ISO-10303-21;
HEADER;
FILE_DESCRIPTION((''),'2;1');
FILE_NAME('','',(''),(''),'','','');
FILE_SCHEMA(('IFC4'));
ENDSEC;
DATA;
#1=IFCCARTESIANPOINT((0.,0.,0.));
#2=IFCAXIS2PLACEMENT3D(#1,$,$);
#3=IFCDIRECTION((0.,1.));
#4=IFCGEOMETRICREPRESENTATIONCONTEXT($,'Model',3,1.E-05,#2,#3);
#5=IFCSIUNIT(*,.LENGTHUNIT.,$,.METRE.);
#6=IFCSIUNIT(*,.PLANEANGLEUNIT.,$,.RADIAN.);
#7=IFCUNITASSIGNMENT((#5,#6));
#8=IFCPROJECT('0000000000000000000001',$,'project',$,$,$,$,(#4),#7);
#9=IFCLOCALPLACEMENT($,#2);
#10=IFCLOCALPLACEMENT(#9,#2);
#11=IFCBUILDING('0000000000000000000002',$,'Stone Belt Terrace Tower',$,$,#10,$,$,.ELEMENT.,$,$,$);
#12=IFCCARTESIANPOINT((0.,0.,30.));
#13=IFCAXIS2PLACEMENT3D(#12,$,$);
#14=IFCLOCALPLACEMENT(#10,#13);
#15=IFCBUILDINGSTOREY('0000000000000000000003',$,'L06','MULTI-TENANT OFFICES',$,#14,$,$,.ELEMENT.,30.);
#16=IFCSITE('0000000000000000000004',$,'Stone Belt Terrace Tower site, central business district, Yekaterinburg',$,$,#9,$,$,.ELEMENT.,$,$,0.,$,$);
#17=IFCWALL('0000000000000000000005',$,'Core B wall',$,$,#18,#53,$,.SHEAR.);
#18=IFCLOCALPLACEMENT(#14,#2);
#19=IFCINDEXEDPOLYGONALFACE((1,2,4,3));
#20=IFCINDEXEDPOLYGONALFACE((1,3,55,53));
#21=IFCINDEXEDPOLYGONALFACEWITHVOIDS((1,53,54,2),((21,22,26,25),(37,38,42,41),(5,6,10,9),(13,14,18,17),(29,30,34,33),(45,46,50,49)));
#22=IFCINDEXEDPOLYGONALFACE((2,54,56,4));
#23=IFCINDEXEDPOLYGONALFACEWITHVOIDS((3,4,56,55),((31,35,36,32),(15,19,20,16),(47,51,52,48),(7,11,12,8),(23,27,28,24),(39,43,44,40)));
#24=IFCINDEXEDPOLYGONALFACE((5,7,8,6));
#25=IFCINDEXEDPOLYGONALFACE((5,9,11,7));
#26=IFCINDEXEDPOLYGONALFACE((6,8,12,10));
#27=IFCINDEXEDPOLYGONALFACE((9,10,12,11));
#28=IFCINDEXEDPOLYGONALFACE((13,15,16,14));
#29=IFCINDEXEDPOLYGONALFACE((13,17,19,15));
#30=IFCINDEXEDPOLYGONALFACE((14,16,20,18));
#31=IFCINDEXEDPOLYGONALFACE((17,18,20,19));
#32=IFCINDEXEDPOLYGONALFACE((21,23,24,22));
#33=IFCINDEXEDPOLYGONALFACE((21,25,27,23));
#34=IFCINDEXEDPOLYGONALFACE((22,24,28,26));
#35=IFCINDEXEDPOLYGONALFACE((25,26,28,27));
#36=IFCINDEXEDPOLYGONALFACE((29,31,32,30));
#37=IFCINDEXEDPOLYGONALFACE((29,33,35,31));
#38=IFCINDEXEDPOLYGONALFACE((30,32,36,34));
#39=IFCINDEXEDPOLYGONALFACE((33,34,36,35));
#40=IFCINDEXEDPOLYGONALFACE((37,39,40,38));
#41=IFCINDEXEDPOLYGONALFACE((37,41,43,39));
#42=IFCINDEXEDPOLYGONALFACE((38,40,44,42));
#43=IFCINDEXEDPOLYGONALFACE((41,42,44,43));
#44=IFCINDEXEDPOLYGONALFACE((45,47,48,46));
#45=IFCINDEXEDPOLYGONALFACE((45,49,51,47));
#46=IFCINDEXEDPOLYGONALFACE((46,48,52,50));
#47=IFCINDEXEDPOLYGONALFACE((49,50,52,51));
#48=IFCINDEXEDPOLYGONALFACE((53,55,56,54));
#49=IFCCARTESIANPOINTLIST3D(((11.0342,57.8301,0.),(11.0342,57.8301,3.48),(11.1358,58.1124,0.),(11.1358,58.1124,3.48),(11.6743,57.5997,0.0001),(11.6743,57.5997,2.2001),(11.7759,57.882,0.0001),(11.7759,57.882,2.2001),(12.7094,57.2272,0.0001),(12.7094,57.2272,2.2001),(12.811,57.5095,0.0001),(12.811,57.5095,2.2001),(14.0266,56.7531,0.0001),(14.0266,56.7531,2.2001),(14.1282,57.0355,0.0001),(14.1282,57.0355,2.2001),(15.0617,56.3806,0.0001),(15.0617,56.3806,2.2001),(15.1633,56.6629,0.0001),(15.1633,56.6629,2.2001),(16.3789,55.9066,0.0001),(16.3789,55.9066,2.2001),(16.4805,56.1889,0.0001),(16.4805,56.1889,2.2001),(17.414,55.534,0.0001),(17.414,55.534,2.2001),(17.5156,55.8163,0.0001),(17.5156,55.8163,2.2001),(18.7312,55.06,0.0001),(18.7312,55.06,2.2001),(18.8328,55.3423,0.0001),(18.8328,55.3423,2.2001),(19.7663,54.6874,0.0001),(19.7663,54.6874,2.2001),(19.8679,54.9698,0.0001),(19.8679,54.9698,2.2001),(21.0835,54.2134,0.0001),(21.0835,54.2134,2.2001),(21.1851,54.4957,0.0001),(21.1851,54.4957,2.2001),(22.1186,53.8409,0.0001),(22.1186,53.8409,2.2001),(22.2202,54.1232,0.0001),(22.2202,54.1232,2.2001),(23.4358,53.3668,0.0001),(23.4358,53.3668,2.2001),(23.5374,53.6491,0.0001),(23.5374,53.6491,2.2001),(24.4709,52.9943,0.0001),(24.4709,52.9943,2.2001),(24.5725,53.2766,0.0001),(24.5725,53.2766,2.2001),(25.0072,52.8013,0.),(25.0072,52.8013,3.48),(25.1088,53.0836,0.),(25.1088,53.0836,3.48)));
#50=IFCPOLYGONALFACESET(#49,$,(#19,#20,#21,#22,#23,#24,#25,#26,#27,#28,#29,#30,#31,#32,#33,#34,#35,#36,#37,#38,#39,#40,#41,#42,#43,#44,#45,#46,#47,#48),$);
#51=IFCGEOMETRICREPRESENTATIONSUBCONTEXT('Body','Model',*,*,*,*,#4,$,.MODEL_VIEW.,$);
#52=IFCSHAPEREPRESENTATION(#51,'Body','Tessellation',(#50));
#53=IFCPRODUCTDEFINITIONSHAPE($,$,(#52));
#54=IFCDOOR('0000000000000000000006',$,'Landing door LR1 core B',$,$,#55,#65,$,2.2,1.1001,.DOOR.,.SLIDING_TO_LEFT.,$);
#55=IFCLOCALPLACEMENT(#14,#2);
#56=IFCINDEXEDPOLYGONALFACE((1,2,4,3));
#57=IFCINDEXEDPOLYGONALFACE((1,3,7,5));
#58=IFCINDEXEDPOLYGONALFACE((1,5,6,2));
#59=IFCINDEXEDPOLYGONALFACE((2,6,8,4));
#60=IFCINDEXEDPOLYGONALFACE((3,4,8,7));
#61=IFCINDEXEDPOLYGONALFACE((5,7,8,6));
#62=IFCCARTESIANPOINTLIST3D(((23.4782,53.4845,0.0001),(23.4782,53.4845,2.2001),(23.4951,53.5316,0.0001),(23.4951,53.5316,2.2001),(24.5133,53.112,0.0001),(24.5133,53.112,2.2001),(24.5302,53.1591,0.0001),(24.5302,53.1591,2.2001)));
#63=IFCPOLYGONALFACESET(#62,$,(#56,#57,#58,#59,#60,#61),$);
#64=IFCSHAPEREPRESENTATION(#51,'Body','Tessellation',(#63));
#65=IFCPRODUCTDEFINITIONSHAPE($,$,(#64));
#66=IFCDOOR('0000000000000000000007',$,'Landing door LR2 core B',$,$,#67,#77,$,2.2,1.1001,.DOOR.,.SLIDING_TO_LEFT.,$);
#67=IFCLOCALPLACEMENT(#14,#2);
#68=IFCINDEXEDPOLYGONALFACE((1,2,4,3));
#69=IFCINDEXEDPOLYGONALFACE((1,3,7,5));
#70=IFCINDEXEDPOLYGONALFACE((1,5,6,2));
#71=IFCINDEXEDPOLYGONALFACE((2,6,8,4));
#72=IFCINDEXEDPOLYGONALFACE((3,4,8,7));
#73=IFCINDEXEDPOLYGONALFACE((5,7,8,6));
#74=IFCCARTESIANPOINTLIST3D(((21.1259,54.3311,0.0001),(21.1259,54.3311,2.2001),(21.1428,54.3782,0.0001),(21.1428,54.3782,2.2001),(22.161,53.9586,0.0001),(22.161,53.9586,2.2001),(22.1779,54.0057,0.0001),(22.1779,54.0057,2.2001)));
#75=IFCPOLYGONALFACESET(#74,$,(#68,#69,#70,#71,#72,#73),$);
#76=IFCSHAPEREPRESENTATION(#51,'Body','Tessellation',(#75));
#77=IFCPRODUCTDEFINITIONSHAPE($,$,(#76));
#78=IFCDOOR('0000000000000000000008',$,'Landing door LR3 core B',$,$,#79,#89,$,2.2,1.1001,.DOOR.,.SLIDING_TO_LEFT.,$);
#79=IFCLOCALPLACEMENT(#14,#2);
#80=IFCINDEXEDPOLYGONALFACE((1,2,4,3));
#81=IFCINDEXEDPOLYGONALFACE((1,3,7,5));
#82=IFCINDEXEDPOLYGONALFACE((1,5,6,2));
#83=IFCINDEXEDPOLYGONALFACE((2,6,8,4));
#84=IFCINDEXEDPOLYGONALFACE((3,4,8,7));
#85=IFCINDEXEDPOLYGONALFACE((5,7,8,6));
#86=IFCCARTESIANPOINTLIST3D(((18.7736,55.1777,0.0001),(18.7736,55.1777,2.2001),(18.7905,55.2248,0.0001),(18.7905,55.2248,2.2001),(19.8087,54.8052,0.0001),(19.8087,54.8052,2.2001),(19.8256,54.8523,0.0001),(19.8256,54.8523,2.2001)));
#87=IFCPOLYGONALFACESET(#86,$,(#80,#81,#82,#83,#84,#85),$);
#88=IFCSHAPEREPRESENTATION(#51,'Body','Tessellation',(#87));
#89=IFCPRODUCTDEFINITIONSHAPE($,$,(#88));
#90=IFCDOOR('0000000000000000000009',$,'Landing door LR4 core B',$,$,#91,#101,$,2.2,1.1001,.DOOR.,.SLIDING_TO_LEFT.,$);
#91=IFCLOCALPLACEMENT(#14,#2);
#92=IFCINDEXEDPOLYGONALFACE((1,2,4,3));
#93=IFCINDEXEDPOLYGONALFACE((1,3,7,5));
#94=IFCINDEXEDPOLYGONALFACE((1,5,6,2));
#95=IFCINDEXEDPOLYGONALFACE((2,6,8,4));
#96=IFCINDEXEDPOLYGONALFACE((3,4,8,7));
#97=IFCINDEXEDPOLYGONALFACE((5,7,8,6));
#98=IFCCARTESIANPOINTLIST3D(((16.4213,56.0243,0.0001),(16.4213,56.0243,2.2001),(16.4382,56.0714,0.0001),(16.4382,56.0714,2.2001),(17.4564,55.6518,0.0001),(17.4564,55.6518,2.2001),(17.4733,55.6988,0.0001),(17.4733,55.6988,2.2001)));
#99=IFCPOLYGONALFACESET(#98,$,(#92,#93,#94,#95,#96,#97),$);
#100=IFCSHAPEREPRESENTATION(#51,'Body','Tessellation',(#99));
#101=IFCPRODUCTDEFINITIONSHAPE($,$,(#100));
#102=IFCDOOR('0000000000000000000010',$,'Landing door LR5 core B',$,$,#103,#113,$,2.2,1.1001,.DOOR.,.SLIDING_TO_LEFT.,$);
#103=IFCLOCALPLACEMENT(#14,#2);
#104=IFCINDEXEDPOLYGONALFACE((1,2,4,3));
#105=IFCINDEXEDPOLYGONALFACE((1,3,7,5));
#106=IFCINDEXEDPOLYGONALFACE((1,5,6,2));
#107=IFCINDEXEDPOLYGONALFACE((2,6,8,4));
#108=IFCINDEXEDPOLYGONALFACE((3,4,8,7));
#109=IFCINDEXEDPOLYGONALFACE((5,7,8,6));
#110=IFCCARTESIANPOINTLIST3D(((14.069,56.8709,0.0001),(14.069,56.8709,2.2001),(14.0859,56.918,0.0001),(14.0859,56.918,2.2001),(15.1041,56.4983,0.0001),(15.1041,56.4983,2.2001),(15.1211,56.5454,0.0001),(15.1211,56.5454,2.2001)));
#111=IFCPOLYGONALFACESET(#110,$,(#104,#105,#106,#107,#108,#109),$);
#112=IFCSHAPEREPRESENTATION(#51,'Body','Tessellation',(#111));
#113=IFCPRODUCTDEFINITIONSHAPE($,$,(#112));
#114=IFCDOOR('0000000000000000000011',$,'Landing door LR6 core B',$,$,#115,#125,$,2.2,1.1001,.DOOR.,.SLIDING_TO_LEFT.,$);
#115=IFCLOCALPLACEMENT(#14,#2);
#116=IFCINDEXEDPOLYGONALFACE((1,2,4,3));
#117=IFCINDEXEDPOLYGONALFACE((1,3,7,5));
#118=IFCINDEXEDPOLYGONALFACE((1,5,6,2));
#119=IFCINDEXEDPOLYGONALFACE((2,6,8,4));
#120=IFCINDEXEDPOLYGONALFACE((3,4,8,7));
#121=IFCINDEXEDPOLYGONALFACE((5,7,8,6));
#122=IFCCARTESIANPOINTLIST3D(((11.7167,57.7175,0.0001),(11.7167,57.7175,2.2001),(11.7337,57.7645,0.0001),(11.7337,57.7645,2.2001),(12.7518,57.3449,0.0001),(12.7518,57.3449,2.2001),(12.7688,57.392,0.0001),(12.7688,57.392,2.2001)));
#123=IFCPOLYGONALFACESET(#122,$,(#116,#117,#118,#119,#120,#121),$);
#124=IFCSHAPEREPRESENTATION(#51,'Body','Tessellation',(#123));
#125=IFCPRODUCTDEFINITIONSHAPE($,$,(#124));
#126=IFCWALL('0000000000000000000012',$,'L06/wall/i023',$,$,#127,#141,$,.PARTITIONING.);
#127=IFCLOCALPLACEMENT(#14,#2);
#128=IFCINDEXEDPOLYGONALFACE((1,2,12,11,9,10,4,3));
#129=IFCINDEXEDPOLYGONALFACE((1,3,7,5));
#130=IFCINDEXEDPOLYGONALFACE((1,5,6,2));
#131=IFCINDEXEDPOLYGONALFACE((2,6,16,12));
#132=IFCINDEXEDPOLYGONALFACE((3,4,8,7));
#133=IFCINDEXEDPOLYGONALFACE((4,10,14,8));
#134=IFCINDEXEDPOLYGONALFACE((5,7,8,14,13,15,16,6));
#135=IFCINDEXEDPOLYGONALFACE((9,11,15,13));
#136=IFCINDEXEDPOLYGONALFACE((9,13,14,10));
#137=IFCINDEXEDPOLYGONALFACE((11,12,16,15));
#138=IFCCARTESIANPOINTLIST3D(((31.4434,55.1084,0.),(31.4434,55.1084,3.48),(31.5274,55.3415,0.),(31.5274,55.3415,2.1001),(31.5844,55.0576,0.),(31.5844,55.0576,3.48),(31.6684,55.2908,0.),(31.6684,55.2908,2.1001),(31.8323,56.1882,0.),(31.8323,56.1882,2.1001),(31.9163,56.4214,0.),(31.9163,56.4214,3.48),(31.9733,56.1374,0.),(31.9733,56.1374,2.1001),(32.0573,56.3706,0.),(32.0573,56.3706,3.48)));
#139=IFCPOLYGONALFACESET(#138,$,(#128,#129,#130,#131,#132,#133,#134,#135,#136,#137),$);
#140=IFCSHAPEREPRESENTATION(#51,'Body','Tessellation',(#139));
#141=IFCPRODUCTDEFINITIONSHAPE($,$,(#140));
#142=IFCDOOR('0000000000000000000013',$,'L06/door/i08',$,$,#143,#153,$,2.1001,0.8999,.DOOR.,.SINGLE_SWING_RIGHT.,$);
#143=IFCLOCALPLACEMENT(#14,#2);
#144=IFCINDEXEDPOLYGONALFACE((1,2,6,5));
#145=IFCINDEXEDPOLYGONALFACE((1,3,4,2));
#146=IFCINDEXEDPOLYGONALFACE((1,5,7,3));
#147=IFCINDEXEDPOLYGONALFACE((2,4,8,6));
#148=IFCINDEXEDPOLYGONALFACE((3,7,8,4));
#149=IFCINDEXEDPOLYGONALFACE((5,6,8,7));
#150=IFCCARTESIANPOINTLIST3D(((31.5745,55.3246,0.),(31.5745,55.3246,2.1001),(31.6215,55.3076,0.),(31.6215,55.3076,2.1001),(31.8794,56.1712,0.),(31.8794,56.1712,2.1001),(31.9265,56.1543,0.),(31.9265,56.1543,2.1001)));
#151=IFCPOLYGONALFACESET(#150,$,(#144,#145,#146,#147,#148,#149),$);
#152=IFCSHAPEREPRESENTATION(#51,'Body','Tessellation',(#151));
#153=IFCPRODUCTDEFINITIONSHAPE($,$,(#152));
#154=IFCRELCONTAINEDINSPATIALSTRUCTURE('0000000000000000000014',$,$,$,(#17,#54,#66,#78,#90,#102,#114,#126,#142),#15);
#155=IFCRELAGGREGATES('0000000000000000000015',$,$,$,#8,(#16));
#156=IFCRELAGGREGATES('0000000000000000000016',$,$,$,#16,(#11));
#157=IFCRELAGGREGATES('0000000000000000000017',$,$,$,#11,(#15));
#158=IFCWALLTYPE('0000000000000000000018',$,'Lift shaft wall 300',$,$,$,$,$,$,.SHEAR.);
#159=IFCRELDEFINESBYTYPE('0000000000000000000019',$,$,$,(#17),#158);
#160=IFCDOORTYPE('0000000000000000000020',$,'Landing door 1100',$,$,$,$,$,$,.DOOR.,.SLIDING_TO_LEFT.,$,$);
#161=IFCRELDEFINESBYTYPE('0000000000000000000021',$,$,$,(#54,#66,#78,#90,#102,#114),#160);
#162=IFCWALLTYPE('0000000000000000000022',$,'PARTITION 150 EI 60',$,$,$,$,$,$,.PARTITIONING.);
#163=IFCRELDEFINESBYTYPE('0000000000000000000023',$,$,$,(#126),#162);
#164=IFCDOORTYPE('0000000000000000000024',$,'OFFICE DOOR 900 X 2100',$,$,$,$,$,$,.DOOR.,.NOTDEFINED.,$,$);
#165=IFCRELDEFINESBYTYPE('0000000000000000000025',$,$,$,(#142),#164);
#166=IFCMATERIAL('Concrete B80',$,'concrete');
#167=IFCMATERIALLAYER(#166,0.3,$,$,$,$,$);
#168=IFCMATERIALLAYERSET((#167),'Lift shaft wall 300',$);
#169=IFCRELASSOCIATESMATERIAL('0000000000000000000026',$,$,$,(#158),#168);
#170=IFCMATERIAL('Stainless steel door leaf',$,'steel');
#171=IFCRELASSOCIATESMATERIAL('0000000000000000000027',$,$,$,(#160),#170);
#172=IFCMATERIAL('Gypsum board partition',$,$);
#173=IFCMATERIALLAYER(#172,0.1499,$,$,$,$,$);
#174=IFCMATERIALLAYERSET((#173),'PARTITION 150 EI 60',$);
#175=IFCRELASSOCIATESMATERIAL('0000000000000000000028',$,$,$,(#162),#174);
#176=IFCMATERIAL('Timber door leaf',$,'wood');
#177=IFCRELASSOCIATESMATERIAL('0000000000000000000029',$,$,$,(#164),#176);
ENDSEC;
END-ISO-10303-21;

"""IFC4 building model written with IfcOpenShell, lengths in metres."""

from ifc_helpers import new_model, si_unit, direction, frame, frame_2d, origin, place, context, subcontext, project, spatial, rectangle, extrude, material, layer, layer_set, type_object, element, fill, save


model = new_model("IFC4")

# Units and contexts
model_context = context("Model", 3, precision=1e-05, world=origin(), true_north=direction((0.0, 1.0)))
body_context = subcontext(model_context, "Body", "Model", "MODEL_VIEW")
ifc_project = project(units=[si_unit("LENGTHUNIT", "METRE"), si_unit("PLANEANGLEUNIT", "RADIAN")], contexts=[model_context])

# Site, building, storey
site_placement = place(None, origin())
site = spatial("IfcSite", under=ifc_project, at=site_placement, Name="Stone Belt Terrace Tower site, central business district, Yekaterinburg", CompositionType="ELEMENT", RefElevation=0.0)
building_placement = place(site_placement, origin())
building = spatial("IfcBuilding", under=site, at=building_placement, Name="Stone Belt Terrace Tower", CompositionType="ELEMENT")
storey_placement = place(building_placement, frame((0.0, 0.0, 30.0)))
storey = spatial("IfcBuildingStorey", under=building, at=storey_placement, Name="L06", Description="MULTI-TENANT OFFICES", CompositionType="ELEMENT", Elevation=30.0)

# Shared definitions
ifc_material_1 = material(Name="Concrete B80", Category="concrete")

# Shared definitions
ifc_material_2 = material(Name="Timber door leaf", Category="wood")

# Shared definitions
ifc_layer_1 = layer(ifc_material_1, 0.3)
ifc_layer_set_1 = layer_set([ifc_layer_1], Name="Lift shaft wall 300")
wall_type_1 = type_object("IfcWallType", Name="Lift shaft wall 300", PredefinedType="SHEAR", material=ifc_layer_set_1)
ifc_material_3 = material(Name="Stainless steel door leaf", Category="steel")

# Wall, openings, doors
wall_1_placement = place(storey_placement, frame((25.0581, 52.9424, 0.0), z_axis=(0.0, 0.0, 1.0), x_axis=(-0.940918, 0.338634, 0.0)))
wall_1 = element("IfcWall", 1, at=wall_1_placement, inside=storey, type_object=wall_type_1, Name="Core B wall", PredefinedType="SHEAR", context=body_context, shape_type="SweptSolid", body=[
    extrude(rectangle(XDim=14.8503, YDim=0.3, at=frame_2d((7.4253, 0.0))), origin(), (0.0, 0.0, 1.0), 3.48),
])
opening_1_placement = place(wall_1_placement, frame((0.5701, 0.0, 0.0)))
opening_1 = element("IfcOpeningElement", 2, at=opening_1_placement, cuts=wall_1, PredefinedType="OPENING", context=body_context, shape_type="SweptSolid", body=[
    extrude(rectangle(XDim=1.1001, YDim=2.2, at=frame_2d((0.55, 1.1001))), frame((0.0, 0.1599, 0.0), z_axis=(0.0, -1.0, 0.0), x_axis=(1.0, 0.0, 0.0)), (0.0, 0.0, 1.0), 0.3201),
])
opening_2_placement = place(wall_1_placement, frame((3.0701, 0.0, 0.0)))
opening_2 = element("IfcOpeningElement", 3, at=opening_2_placement, cuts=wall_1, PredefinedType="OPENING", context=body_context, shape_type="SweptSolid", body=[
    extrude(rectangle(XDim=1.1001, YDim=2.2, at=frame_2d((0.55, 1.1001))), frame((0.0, 0.1599, 0.0), z_axis=(0.0, -1.0, 0.0), x_axis=(1.0, 0.0, 0.0)), (0.0, 0.0, 1.0), 0.3201),
])
opening_3_placement = place(wall_1_placement, frame((5.5701, 0.0, 0.0)))
opening_3 = element("IfcOpeningElement", 4, at=opening_3_placement, cuts=wall_1, PredefinedType="OPENING", context=body_context, shape_type="SweptSolid", body=[
    extrude(rectangle(XDim=1.1001, YDim=2.2, at=frame_2d((0.55, 1.1001))), frame((0.0, 0.1599, 0.0), z_axis=(0.0, -1.0, 0.0), x_axis=(1.0, 0.0, 0.0)), (0.0, 0.0, 1.0), 0.3201),
])
opening_4_placement = place(wall_1_placement, frame((8.0701, 0.0, 0.0)))
opening_4 = element("IfcOpeningElement", 5, at=opening_4_placement, cuts=wall_1, PredefinedType="OPENING", context=body_context, shape_type="SweptSolid", body=[
    extrude(rectangle(XDim=1.1001, YDim=2.2, at=frame_2d((0.55, 1.1001))), frame((0.0, 0.1599, 0.0), z_axis=(0.0, -1.0, 0.0), x_axis=(1.0, 0.0, 0.0)), (0.0, 0.0, 1.0), 0.3201),
])
opening_5_placement = place(wall_1_placement, frame((10.5701, 0.0, 0.0)))
opening_5 = element("IfcOpeningElement", 6, at=opening_5_placement, cuts=wall_1, PredefinedType="OPENING", context=body_context, shape_type="SweptSolid", body=[
    extrude(rectangle(XDim=1.1001, YDim=2.2, at=frame_2d((0.55, 1.1001))), frame((0.0, 0.1599, 0.0), z_axis=(0.0, -1.0, 0.0), x_axis=(1.0, 0.0, 0.0)), (0.0, 0.0, 1.0), 0.3201),
])
opening_6_placement = place(wall_1_placement, frame((13.0701, 0.0, 0.0)))
opening_6 = element("IfcOpeningElement", 7, at=opening_6_placement, cuts=wall_1, PredefinedType="OPENING", context=body_context, shape_type="SweptSolid", body=[
    extrude(rectangle(XDim=1.1001, YDim=2.2, at=frame_2d((0.55, 1.1001))), frame((0.0, 0.1599, 0.0), z_axis=(0.0, -1.0, 0.0), x_axis=(1.0, 0.0, 0.0)), (0.0, 0.0, 1.0), 0.3201),
])
door_type_1 = type_object("IfcDoorType", Name="Landing door 1100", OperationType="SLIDING_TO_LEFT", PredefinedType="DOOR", material=ifc_material_3)
door_1_placement = place(opening_1_placement, origin())
door_1 = element("IfcDoor", 8, at=door_1_placement, inside=storey, type_object=door_type_1, Name="Landing door LR1 core B", OperationType="SLIDING_TO_LEFT", OverallHeight=2.2, OverallWidth=1.1001, PredefinedType="DOOR", context=body_context, shape_type="SweptSolid", body=[
    extrude(rectangle(XDim=1.1001, YDim=2.2, at=frame_2d((0.55, 1.1001))), frame((0.0, 0.0249, 0.0), z_axis=(0.0, -1.0, 0.0), x_axis=(1.0, 0.0, 0.0)), (0.0, 0.0, 1.0), 0.05),
])
fill(opening_1, door_1)
door_2_placement = place(opening_2_placement, origin())
door_2 = element("IfcDoor", 9, at=door_2_placement, inside=storey, type_object=door_type_1, Name="Landing door LR2 core B", OperationType="SLIDING_TO_LEFT", OverallHeight=2.2, OverallWidth=1.1001, PredefinedType="DOOR", context=body_context, shape_type="SweptSolid", body=[
    extrude(rectangle(XDim=1.1001, YDim=2.2, at=frame_2d((0.55, 1.1001))), frame((0.0, 0.0249, 0.0), z_axis=(0.0, -1.0, 0.0), x_axis=(1.0, 0.0, 0.0)), (0.0, 0.0, 1.0), 0.05),
])
fill(opening_2, door_2)
door_3_placement = place(opening_3_placement, origin())
door_3 = element("IfcDoor", 10, at=door_3_placement, inside=storey, type_object=door_type_1, Name="Landing door LR3 core B", OperationType="SLIDING_TO_LEFT", OverallHeight=2.2, OverallWidth=1.1001, PredefinedType="DOOR", context=body_context, shape_type="SweptSolid", body=[
    extrude(rectangle(XDim=1.1001, YDim=2.2, at=frame_2d((0.55, 1.1001))), frame((0.0, 0.0249, 0.0), z_axis=(0.0, -1.0, 0.0), x_axis=(1.0, 0.0, 0.0)), (0.0, 0.0, 1.0), 0.05),
])
fill(opening_3, door_3)
door_4_placement = place(opening_4_placement, origin())
door_4 = element("IfcDoor", 11, at=door_4_placement, inside=storey, type_object=door_type_1, Name="Landing door LR4 core B", OperationType="SLIDING_TO_LEFT", OverallHeight=2.2, OverallWidth=1.1001, PredefinedType="DOOR", context=body_context, shape_type="SweptSolid", body=[
    extrude(rectangle(XDim=1.1001, YDim=2.2, at=frame_2d((0.55, 1.1001))), frame((0.0, 0.0249, 0.0), z_axis=(0.0, -1.0, 0.0), x_axis=(1.0, 0.0, 0.0)), (0.0, 0.0, 1.0), 0.05),
])
fill(opening_4, door_4)
door_5_placement = place(opening_5_placement, origin())
door_5 = element("IfcDoor", 12, at=door_5_placement, inside=storey, type_object=door_type_1, Name="Landing door LR5 core B", OperationType="SLIDING_TO_LEFT", OverallHeight=2.2, OverallWidth=1.1001, PredefinedType="DOOR", context=body_context, shape_type="SweptSolid", body=[
    extrude(rectangle(XDim=1.1001, YDim=2.2, at=frame_2d((0.55, 1.1001))), frame((0.0, 0.0249, 0.0), z_axis=(0.0, -1.0, 0.0), x_axis=(1.0, 0.0, 0.0)), (0.0, 0.0, 1.0), 0.05),
])
fill(opening_5, door_5)
door_6_placement = place(opening_6_placement, origin())
door_6 = element("IfcDoor", 13, at=door_6_placement, inside=storey, type_object=door_type_1, Name="Landing door LR6 core B", OperationType="SLIDING_TO_LEFT", OverallHeight=2.2, OverallWidth=1.1001, PredefinedType="DOOR", context=body_context, shape_type="SweptSolid", body=[
    extrude(rectangle(XDim=1.1001, YDim=2.2, at=frame_2d((0.55, 1.1001))), frame((0.0, 0.0249, 0.0), z_axis=(0.0, -1.0, 0.0), x_axis=(1.0, 0.0, 0.0)), (0.0, 0.0, 1.0), 0.05),
])
fill(opening_6, door_6)

# Wall, opening, door
ifc_material_4 = material(Name="Gypsum board partition")
ifc_layer_2 = layer(ifc_material_4, 0.1499)
ifc_layer_set_2 = layer_set([ifc_layer_2], Name="PARTITION 150 EI 60")
wall_type_2 = type_object("IfcWallType", Name="PARTITION 150 EI 60", PredefinedType="PARTITIONING", material=ifc_layer_set_2)
wall_2_placement = place(storey_placement, frame((31.5139, 55.083, 0.0), z_axis=(0.0, 0.0, 1.0), x_axis=(0.338862, 0.940836, 0.0)))
wall_2 = element("IfcWall", 14, at=wall_2_placement, inside=storey, type_object=wall_type_2, Name="L06/wall/i023", PredefinedType="PARTITIONING", context=body_context, shape_type="SweptSolid", body=[
    extrude(rectangle(XDim=1.3955, YDim=0.1499, at=frame_2d((0.6978, 0.0))), origin(), (0.0, 0.0, 1.0), 3.48),
])
opening_7_placement = place(wall_2_placement, frame((0.2478, 0.0, 0.0)))
opening_7 = element("IfcOpeningElement", 15, at=opening_7_placement, cuts=wall_2, PredefinedType="OPENING", context=body_context, shape_type="SweptSolid", body=[
    extrude(rectangle(XDim=0.8999, YDim=2.1001, at=frame_2d((0.45, 1.05))), frame((0.0, 0.085, 0.0), z_axis=(0.0, -1.0, 0.0), x_axis=(1.0, 0.0, 0.0)), (0.0, 0.0, 1.0), 0.1699),
])
door_type_2 = type_object("IfcDoorType", Name="OFFICE DOOR 900 X 2100", OperationType="NOTDEFINED", PredefinedType="DOOR", material=ifc_material_2)
door_7_placement = place(opening_7_placement, origin())
door_7 = element("IfcDoor", 16, at=door_7_placement, inside=storey, type_object=door_type_2, Name="L06/door/i08", OperationType="SINGLE_SWING_RIGHT", OverallHeight=2.1001, OverallWidth=0.8999, PredefinedType="DOOR", context=body_context, shape_type="SweptSolid", body=[
    extrude(rectangle(XDim=0.8999, YDim=2.1001, at=frame_2d((0.45, 1.05))), frame((0.0, 0.0249, 0.0), z_axis=(0.0, -1.0, 0.0), x_axis=(1.0, 0.0, 0.0)), (0.0, 0.0, 1.0), 0.05),
])
fill(opening_7, door_7)

save(model, "model.ifc")
